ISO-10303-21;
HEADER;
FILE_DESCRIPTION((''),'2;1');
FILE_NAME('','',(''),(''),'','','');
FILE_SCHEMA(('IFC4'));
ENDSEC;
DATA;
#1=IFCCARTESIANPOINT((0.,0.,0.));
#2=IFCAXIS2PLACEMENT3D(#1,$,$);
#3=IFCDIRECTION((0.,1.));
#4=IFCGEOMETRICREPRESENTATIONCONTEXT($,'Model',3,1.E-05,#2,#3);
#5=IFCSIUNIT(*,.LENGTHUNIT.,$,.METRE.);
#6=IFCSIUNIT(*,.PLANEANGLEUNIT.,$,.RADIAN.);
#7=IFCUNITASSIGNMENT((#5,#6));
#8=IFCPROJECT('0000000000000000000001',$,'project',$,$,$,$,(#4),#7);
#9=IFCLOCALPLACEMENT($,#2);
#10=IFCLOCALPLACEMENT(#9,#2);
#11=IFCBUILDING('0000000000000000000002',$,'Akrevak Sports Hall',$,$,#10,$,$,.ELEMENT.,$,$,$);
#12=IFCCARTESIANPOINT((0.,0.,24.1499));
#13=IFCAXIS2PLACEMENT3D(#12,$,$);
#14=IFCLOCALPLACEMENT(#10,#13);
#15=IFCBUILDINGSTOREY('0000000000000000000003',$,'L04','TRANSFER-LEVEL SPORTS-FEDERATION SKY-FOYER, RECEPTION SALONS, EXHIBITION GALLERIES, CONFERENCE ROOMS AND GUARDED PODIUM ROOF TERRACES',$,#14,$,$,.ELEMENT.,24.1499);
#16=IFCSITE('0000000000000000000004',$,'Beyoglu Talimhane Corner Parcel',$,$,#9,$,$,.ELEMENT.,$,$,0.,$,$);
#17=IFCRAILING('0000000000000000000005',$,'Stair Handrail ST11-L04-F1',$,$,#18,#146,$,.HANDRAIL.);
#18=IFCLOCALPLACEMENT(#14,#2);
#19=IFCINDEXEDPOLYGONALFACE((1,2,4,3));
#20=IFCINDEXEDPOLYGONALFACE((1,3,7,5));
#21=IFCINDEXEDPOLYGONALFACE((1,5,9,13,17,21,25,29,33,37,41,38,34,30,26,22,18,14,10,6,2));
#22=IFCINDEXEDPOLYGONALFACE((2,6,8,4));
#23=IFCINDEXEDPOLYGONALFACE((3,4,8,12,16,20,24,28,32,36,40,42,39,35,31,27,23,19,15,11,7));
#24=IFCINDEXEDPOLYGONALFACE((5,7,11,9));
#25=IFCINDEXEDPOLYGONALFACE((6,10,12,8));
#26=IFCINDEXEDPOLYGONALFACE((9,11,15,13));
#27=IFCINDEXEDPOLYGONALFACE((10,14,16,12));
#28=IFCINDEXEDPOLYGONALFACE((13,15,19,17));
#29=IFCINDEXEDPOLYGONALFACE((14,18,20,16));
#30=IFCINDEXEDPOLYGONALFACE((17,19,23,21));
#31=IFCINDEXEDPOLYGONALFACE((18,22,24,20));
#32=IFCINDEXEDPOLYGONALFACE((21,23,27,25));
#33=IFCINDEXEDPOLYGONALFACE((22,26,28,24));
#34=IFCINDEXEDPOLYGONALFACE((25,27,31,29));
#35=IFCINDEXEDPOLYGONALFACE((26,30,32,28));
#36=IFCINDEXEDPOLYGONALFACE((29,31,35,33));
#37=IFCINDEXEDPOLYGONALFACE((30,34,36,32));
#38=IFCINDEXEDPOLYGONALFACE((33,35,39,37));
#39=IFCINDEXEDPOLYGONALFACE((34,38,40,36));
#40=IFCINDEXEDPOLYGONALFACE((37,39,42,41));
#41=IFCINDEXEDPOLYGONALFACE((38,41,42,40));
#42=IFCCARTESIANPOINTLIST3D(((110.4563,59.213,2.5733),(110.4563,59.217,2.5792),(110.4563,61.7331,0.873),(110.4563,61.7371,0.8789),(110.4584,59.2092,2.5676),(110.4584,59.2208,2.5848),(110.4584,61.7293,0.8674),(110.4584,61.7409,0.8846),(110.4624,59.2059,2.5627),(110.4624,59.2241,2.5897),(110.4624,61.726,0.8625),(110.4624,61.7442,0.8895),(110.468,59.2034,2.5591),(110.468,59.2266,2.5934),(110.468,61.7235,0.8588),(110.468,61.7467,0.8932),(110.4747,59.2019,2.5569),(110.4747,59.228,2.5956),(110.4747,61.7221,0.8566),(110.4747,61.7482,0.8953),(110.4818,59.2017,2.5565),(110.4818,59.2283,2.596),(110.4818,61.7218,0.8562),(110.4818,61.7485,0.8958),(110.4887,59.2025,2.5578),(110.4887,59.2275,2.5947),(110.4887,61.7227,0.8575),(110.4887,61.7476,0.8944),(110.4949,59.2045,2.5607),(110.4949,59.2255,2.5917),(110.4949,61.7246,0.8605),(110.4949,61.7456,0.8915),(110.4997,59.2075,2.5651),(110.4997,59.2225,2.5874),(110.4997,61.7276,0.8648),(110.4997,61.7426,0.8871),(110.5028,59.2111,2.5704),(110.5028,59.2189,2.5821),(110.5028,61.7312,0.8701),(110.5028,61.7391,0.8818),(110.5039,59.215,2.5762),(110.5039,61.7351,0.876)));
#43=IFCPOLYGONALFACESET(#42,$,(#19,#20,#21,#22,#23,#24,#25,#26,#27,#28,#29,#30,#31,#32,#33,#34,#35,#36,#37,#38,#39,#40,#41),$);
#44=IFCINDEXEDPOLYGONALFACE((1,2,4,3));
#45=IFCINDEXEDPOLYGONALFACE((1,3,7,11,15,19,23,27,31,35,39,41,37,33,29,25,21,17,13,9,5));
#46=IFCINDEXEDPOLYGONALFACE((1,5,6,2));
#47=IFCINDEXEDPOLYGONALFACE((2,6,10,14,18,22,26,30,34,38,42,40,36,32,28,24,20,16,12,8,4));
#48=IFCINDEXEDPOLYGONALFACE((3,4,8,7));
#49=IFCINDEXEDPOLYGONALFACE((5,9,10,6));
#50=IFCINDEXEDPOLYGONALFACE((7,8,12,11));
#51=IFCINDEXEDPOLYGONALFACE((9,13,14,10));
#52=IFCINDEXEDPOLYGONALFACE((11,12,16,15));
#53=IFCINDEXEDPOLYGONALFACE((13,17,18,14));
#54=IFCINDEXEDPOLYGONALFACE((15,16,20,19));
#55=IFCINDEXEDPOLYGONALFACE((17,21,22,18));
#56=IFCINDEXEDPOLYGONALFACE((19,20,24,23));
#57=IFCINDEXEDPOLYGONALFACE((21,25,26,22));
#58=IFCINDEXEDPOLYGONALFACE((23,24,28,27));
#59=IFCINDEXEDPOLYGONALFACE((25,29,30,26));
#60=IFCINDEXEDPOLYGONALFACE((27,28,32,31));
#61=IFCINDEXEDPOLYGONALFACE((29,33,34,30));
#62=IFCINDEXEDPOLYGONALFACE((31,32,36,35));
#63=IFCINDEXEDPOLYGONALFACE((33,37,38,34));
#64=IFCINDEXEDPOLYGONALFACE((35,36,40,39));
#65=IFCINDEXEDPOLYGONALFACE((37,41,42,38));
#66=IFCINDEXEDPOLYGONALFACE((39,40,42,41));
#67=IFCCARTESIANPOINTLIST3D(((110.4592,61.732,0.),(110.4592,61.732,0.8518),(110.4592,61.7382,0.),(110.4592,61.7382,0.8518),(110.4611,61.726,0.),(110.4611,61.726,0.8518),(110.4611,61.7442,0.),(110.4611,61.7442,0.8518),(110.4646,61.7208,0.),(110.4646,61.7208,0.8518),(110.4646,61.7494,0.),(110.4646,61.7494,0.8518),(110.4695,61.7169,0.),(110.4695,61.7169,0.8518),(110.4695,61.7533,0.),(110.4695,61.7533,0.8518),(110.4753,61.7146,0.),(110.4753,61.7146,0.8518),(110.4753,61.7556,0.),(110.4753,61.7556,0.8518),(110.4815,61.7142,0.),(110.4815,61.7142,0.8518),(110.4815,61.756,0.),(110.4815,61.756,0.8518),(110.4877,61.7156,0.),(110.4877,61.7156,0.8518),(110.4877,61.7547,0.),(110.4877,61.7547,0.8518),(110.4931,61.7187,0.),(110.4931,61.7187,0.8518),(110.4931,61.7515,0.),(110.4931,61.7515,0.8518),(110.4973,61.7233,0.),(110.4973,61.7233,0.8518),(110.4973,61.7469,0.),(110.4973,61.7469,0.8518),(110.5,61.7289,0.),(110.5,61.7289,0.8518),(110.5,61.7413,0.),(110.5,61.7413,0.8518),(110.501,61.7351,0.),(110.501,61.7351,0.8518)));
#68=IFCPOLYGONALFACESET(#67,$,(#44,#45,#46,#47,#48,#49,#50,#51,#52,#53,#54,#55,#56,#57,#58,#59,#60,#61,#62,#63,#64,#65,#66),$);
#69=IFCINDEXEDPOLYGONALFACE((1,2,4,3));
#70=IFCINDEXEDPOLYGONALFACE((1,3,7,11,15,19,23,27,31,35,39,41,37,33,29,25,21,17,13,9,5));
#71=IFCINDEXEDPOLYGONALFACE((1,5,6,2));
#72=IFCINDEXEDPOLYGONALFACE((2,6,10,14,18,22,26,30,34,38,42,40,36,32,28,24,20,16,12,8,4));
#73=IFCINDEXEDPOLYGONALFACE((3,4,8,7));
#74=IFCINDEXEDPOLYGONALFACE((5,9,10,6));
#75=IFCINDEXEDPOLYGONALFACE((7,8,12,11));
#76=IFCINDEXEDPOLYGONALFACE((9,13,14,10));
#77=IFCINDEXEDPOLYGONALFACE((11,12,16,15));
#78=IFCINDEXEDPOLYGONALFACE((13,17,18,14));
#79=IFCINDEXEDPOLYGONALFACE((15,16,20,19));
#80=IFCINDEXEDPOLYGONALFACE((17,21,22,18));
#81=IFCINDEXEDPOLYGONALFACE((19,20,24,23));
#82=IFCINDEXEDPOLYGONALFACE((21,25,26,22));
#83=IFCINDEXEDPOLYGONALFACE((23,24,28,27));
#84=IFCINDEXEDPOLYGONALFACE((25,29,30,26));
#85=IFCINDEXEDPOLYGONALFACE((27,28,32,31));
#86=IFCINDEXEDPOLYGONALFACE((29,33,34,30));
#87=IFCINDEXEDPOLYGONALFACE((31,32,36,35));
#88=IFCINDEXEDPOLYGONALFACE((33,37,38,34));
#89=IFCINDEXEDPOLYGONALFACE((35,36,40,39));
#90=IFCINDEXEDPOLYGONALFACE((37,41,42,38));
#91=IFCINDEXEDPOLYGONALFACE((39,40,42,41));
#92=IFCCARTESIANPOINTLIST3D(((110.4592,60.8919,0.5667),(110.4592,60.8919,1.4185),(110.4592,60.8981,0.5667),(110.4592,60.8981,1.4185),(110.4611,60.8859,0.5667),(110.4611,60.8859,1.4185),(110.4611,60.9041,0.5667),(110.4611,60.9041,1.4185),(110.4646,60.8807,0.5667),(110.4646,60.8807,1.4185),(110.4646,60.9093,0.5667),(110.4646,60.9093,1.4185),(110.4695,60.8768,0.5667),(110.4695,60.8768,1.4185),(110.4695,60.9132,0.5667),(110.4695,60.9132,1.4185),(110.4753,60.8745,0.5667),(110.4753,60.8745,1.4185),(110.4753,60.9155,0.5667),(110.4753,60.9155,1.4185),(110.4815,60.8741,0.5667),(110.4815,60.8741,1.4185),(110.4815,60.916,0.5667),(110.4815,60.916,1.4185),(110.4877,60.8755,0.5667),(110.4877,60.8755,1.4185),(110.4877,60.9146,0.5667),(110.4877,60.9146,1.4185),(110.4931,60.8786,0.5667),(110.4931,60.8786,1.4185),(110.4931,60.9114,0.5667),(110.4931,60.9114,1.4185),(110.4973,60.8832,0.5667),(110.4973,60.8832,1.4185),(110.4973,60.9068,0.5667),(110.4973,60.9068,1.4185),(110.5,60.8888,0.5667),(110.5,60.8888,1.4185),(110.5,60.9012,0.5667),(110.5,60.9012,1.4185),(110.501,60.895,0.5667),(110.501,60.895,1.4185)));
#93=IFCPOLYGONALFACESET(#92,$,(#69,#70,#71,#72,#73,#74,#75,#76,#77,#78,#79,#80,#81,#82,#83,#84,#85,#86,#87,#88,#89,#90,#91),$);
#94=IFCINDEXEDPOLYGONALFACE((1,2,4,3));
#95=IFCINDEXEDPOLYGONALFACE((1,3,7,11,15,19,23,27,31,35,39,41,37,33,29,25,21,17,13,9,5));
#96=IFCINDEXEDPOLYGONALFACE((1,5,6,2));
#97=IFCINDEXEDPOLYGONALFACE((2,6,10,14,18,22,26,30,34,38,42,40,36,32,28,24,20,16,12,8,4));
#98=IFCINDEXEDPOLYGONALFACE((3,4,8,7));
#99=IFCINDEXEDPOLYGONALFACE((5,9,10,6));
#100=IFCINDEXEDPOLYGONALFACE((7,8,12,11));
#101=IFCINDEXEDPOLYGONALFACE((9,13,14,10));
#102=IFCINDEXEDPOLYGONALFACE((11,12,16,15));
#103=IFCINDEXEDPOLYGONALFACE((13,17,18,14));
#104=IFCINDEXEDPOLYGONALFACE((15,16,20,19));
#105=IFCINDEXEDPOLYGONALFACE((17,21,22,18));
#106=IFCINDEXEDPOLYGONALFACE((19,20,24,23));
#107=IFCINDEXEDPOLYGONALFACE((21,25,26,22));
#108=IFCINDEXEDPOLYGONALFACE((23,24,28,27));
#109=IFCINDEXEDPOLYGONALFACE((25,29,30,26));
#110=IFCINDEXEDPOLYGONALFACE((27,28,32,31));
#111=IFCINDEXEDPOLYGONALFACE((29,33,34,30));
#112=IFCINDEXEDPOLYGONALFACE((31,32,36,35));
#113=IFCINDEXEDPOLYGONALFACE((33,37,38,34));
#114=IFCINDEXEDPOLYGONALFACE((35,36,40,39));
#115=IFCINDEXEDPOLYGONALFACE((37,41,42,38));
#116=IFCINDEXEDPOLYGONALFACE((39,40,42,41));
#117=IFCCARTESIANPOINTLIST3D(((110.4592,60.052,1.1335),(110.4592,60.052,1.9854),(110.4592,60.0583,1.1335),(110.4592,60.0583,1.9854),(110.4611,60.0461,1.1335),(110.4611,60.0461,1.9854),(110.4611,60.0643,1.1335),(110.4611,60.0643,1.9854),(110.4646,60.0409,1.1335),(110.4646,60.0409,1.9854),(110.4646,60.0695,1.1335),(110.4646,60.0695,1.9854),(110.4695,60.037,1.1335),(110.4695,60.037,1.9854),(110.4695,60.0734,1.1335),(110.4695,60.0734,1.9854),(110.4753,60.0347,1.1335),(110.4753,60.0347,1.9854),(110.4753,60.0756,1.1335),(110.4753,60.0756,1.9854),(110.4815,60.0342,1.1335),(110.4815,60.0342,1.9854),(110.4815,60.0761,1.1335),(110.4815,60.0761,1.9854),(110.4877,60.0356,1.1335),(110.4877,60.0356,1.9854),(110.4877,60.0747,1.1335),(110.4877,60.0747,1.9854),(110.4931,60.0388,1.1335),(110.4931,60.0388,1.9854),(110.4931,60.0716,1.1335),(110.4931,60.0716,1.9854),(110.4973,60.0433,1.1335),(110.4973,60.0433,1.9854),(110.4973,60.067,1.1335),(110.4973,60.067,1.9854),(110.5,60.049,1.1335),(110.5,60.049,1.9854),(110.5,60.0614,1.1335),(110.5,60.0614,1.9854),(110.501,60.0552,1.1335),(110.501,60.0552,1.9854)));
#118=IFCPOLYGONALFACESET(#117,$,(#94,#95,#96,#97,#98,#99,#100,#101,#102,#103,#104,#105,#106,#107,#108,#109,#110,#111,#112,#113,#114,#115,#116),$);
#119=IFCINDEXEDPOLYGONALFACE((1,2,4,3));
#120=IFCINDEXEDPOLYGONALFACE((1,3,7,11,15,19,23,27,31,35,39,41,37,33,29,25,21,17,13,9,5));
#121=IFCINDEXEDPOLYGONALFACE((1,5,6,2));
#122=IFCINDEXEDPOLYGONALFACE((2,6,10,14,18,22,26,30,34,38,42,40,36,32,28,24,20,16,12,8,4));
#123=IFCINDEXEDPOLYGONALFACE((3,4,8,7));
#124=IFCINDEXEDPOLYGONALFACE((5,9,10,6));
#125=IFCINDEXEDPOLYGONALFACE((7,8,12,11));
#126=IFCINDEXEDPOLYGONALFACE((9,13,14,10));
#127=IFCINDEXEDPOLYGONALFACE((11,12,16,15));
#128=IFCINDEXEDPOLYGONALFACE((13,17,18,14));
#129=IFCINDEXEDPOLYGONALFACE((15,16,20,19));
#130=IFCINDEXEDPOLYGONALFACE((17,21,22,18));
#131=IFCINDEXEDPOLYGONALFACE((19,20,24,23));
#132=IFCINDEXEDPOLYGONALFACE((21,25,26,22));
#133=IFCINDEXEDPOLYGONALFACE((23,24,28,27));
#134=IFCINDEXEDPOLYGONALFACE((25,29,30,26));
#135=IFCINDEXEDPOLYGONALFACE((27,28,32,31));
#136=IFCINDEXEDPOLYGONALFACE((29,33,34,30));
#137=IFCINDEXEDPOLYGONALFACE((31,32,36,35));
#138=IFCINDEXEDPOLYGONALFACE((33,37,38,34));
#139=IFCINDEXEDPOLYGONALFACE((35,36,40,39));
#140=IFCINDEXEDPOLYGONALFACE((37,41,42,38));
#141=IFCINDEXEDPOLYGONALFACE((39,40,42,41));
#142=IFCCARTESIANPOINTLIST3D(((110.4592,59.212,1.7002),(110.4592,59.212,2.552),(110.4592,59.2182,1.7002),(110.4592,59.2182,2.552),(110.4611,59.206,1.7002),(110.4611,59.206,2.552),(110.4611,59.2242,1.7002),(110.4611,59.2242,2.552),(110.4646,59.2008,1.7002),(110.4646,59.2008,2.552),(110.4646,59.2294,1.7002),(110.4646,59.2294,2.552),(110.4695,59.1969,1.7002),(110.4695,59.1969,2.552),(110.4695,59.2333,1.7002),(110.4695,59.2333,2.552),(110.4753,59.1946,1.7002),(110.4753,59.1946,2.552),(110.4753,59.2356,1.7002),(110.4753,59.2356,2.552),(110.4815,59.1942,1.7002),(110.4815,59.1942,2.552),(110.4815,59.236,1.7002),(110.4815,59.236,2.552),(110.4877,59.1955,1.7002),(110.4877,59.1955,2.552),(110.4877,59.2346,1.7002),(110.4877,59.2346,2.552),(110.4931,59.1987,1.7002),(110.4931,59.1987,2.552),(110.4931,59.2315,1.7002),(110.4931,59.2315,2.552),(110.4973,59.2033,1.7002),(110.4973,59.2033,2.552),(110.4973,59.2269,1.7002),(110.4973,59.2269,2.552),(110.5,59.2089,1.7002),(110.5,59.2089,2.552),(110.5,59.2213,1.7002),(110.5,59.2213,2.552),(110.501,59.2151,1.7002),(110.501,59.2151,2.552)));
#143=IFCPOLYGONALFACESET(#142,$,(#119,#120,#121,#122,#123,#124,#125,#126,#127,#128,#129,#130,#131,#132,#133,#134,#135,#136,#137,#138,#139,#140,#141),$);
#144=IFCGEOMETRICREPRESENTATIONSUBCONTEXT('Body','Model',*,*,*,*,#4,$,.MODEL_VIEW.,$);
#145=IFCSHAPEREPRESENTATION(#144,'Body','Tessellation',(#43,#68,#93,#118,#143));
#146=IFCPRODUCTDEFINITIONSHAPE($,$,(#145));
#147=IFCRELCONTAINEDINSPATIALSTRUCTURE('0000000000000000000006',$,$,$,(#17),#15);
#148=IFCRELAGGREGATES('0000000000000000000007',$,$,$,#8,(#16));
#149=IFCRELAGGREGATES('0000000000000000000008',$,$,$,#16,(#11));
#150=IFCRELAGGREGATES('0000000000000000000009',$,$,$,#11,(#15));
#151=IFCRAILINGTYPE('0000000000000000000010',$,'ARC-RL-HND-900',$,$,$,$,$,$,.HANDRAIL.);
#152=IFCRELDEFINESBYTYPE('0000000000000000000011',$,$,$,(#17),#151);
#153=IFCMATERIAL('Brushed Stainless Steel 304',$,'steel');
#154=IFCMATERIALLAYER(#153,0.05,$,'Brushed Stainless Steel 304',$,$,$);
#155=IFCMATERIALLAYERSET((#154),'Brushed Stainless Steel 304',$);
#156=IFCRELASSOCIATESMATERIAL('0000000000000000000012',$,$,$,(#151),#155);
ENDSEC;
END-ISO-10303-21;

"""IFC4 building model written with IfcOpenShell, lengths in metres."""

from ifc_helpers import new_model, si_unit, direction, frame, origin, origin_2d, place, context, subcontext, project, spatial, circle, extrude, material, layer, layer_set, type_object, element, save


model = new_model("IFC4")

# Units and contexts
model_context = context("Model", 3, precision=1e-05, world=origin(), true_north=direction((0.0, 1.0)))
body_context = subcontext(model_context, "Body", "Model", "MODEL_VIEW")
ifc_project = project(units=[si_unit("LENGTHUNIT", "METRE"), si_unit("PLANEANGLEUNIT", "RADIAN")], contexts=[model_context])

# Site, building, storey
site_placement = place(None, origin())
site = spatial("IfcSite", under=ifc_project, at=site_placement, Name="Beyoglu Talimhane Corner Parcel", CompositionType="ELEMENT", RefElevation=0.0)
building_placement = place(site_placement, origin())
building = spatial("IfcBuilding", under=site, at=building_placement, Name="Akrevak Sports Hall", CompositionType="ELEMENT")
storey_placement = place(building_placement, frame((0.0, 0.0, 24.1499)))
storey = spatial("IfcBuildingStorey", under=building, at=storey_placement, Name="L04", Description="TRANSFER-LEVEL SPORTS-FEDERATION SKY-FOYER, RECEPTION SALONS, EXHIBITION GALLERIES, CONFERENCE ROOMS AND GUARDED PODIUM ROOF TERRACES", CompositionType="ELEMENT", Elevation=24.1499)

# Railing
ifc_material_1 = material(Name="Brushed Stainless Steel 304", Category="steel")
ifc_layer_1 = layer(ifc_material_1, 0.05, Name="Brushed Stainless Steel 304")
ifc_layer_set_1 = layer_set([ifc_layer_1], Name="Brushed Stainless Steel 304")
railing_type_1 = type_object("IfcRailingType", Name="ARC-RL-HND-900", PredefinedType="HANDRAIL", material=ifc_layer_set_1)
railing_1_placement = place(storey_placement, frame((110.48, 61.7351, 0.0)))
element("IfcRailing", 1, at=railing_1_placement, inside=storey, type_object=railing_type_1, Name="Stair Handrail ST11-L04-F1", PredefinedType="HANDRAIL", context=body_context, shape_type="SweptSolid", body=[
    extrude(circle(Radius=0.0239, at=origin_2d()), frame((0.0, 0.0, 0.876), z_axis=(0.0, -0.828973, 0.559288), x_axis=(1.0, 0.0, 0.0)), (0.0, 0.0, 1.0), 3.04),
    extrude(circle(Radius=0.021, at=origin_2d()), origin(), (0.0, 0.0, 1.0), 0.8518),
    extrude(circle(Radius=0.021, at=origin_2d()), frame((0.0, -0.8401, 0.5667)), (0.0, 0.0, 1.0), 0.8518),
    extrude(circle(Radius=0.021, at=origin_2d()), frame((0.0, -1.6799, 1.1335)), (0.0, 0.0, 1.0), 0.8518),
    extrude(circle(Radius=0.021, at=origin_2d()), frame((0.0, -2.52, 1.7002)), (0.0, 0.0, 1.0), 0.8518),
])

save(model, "model.ifc")
